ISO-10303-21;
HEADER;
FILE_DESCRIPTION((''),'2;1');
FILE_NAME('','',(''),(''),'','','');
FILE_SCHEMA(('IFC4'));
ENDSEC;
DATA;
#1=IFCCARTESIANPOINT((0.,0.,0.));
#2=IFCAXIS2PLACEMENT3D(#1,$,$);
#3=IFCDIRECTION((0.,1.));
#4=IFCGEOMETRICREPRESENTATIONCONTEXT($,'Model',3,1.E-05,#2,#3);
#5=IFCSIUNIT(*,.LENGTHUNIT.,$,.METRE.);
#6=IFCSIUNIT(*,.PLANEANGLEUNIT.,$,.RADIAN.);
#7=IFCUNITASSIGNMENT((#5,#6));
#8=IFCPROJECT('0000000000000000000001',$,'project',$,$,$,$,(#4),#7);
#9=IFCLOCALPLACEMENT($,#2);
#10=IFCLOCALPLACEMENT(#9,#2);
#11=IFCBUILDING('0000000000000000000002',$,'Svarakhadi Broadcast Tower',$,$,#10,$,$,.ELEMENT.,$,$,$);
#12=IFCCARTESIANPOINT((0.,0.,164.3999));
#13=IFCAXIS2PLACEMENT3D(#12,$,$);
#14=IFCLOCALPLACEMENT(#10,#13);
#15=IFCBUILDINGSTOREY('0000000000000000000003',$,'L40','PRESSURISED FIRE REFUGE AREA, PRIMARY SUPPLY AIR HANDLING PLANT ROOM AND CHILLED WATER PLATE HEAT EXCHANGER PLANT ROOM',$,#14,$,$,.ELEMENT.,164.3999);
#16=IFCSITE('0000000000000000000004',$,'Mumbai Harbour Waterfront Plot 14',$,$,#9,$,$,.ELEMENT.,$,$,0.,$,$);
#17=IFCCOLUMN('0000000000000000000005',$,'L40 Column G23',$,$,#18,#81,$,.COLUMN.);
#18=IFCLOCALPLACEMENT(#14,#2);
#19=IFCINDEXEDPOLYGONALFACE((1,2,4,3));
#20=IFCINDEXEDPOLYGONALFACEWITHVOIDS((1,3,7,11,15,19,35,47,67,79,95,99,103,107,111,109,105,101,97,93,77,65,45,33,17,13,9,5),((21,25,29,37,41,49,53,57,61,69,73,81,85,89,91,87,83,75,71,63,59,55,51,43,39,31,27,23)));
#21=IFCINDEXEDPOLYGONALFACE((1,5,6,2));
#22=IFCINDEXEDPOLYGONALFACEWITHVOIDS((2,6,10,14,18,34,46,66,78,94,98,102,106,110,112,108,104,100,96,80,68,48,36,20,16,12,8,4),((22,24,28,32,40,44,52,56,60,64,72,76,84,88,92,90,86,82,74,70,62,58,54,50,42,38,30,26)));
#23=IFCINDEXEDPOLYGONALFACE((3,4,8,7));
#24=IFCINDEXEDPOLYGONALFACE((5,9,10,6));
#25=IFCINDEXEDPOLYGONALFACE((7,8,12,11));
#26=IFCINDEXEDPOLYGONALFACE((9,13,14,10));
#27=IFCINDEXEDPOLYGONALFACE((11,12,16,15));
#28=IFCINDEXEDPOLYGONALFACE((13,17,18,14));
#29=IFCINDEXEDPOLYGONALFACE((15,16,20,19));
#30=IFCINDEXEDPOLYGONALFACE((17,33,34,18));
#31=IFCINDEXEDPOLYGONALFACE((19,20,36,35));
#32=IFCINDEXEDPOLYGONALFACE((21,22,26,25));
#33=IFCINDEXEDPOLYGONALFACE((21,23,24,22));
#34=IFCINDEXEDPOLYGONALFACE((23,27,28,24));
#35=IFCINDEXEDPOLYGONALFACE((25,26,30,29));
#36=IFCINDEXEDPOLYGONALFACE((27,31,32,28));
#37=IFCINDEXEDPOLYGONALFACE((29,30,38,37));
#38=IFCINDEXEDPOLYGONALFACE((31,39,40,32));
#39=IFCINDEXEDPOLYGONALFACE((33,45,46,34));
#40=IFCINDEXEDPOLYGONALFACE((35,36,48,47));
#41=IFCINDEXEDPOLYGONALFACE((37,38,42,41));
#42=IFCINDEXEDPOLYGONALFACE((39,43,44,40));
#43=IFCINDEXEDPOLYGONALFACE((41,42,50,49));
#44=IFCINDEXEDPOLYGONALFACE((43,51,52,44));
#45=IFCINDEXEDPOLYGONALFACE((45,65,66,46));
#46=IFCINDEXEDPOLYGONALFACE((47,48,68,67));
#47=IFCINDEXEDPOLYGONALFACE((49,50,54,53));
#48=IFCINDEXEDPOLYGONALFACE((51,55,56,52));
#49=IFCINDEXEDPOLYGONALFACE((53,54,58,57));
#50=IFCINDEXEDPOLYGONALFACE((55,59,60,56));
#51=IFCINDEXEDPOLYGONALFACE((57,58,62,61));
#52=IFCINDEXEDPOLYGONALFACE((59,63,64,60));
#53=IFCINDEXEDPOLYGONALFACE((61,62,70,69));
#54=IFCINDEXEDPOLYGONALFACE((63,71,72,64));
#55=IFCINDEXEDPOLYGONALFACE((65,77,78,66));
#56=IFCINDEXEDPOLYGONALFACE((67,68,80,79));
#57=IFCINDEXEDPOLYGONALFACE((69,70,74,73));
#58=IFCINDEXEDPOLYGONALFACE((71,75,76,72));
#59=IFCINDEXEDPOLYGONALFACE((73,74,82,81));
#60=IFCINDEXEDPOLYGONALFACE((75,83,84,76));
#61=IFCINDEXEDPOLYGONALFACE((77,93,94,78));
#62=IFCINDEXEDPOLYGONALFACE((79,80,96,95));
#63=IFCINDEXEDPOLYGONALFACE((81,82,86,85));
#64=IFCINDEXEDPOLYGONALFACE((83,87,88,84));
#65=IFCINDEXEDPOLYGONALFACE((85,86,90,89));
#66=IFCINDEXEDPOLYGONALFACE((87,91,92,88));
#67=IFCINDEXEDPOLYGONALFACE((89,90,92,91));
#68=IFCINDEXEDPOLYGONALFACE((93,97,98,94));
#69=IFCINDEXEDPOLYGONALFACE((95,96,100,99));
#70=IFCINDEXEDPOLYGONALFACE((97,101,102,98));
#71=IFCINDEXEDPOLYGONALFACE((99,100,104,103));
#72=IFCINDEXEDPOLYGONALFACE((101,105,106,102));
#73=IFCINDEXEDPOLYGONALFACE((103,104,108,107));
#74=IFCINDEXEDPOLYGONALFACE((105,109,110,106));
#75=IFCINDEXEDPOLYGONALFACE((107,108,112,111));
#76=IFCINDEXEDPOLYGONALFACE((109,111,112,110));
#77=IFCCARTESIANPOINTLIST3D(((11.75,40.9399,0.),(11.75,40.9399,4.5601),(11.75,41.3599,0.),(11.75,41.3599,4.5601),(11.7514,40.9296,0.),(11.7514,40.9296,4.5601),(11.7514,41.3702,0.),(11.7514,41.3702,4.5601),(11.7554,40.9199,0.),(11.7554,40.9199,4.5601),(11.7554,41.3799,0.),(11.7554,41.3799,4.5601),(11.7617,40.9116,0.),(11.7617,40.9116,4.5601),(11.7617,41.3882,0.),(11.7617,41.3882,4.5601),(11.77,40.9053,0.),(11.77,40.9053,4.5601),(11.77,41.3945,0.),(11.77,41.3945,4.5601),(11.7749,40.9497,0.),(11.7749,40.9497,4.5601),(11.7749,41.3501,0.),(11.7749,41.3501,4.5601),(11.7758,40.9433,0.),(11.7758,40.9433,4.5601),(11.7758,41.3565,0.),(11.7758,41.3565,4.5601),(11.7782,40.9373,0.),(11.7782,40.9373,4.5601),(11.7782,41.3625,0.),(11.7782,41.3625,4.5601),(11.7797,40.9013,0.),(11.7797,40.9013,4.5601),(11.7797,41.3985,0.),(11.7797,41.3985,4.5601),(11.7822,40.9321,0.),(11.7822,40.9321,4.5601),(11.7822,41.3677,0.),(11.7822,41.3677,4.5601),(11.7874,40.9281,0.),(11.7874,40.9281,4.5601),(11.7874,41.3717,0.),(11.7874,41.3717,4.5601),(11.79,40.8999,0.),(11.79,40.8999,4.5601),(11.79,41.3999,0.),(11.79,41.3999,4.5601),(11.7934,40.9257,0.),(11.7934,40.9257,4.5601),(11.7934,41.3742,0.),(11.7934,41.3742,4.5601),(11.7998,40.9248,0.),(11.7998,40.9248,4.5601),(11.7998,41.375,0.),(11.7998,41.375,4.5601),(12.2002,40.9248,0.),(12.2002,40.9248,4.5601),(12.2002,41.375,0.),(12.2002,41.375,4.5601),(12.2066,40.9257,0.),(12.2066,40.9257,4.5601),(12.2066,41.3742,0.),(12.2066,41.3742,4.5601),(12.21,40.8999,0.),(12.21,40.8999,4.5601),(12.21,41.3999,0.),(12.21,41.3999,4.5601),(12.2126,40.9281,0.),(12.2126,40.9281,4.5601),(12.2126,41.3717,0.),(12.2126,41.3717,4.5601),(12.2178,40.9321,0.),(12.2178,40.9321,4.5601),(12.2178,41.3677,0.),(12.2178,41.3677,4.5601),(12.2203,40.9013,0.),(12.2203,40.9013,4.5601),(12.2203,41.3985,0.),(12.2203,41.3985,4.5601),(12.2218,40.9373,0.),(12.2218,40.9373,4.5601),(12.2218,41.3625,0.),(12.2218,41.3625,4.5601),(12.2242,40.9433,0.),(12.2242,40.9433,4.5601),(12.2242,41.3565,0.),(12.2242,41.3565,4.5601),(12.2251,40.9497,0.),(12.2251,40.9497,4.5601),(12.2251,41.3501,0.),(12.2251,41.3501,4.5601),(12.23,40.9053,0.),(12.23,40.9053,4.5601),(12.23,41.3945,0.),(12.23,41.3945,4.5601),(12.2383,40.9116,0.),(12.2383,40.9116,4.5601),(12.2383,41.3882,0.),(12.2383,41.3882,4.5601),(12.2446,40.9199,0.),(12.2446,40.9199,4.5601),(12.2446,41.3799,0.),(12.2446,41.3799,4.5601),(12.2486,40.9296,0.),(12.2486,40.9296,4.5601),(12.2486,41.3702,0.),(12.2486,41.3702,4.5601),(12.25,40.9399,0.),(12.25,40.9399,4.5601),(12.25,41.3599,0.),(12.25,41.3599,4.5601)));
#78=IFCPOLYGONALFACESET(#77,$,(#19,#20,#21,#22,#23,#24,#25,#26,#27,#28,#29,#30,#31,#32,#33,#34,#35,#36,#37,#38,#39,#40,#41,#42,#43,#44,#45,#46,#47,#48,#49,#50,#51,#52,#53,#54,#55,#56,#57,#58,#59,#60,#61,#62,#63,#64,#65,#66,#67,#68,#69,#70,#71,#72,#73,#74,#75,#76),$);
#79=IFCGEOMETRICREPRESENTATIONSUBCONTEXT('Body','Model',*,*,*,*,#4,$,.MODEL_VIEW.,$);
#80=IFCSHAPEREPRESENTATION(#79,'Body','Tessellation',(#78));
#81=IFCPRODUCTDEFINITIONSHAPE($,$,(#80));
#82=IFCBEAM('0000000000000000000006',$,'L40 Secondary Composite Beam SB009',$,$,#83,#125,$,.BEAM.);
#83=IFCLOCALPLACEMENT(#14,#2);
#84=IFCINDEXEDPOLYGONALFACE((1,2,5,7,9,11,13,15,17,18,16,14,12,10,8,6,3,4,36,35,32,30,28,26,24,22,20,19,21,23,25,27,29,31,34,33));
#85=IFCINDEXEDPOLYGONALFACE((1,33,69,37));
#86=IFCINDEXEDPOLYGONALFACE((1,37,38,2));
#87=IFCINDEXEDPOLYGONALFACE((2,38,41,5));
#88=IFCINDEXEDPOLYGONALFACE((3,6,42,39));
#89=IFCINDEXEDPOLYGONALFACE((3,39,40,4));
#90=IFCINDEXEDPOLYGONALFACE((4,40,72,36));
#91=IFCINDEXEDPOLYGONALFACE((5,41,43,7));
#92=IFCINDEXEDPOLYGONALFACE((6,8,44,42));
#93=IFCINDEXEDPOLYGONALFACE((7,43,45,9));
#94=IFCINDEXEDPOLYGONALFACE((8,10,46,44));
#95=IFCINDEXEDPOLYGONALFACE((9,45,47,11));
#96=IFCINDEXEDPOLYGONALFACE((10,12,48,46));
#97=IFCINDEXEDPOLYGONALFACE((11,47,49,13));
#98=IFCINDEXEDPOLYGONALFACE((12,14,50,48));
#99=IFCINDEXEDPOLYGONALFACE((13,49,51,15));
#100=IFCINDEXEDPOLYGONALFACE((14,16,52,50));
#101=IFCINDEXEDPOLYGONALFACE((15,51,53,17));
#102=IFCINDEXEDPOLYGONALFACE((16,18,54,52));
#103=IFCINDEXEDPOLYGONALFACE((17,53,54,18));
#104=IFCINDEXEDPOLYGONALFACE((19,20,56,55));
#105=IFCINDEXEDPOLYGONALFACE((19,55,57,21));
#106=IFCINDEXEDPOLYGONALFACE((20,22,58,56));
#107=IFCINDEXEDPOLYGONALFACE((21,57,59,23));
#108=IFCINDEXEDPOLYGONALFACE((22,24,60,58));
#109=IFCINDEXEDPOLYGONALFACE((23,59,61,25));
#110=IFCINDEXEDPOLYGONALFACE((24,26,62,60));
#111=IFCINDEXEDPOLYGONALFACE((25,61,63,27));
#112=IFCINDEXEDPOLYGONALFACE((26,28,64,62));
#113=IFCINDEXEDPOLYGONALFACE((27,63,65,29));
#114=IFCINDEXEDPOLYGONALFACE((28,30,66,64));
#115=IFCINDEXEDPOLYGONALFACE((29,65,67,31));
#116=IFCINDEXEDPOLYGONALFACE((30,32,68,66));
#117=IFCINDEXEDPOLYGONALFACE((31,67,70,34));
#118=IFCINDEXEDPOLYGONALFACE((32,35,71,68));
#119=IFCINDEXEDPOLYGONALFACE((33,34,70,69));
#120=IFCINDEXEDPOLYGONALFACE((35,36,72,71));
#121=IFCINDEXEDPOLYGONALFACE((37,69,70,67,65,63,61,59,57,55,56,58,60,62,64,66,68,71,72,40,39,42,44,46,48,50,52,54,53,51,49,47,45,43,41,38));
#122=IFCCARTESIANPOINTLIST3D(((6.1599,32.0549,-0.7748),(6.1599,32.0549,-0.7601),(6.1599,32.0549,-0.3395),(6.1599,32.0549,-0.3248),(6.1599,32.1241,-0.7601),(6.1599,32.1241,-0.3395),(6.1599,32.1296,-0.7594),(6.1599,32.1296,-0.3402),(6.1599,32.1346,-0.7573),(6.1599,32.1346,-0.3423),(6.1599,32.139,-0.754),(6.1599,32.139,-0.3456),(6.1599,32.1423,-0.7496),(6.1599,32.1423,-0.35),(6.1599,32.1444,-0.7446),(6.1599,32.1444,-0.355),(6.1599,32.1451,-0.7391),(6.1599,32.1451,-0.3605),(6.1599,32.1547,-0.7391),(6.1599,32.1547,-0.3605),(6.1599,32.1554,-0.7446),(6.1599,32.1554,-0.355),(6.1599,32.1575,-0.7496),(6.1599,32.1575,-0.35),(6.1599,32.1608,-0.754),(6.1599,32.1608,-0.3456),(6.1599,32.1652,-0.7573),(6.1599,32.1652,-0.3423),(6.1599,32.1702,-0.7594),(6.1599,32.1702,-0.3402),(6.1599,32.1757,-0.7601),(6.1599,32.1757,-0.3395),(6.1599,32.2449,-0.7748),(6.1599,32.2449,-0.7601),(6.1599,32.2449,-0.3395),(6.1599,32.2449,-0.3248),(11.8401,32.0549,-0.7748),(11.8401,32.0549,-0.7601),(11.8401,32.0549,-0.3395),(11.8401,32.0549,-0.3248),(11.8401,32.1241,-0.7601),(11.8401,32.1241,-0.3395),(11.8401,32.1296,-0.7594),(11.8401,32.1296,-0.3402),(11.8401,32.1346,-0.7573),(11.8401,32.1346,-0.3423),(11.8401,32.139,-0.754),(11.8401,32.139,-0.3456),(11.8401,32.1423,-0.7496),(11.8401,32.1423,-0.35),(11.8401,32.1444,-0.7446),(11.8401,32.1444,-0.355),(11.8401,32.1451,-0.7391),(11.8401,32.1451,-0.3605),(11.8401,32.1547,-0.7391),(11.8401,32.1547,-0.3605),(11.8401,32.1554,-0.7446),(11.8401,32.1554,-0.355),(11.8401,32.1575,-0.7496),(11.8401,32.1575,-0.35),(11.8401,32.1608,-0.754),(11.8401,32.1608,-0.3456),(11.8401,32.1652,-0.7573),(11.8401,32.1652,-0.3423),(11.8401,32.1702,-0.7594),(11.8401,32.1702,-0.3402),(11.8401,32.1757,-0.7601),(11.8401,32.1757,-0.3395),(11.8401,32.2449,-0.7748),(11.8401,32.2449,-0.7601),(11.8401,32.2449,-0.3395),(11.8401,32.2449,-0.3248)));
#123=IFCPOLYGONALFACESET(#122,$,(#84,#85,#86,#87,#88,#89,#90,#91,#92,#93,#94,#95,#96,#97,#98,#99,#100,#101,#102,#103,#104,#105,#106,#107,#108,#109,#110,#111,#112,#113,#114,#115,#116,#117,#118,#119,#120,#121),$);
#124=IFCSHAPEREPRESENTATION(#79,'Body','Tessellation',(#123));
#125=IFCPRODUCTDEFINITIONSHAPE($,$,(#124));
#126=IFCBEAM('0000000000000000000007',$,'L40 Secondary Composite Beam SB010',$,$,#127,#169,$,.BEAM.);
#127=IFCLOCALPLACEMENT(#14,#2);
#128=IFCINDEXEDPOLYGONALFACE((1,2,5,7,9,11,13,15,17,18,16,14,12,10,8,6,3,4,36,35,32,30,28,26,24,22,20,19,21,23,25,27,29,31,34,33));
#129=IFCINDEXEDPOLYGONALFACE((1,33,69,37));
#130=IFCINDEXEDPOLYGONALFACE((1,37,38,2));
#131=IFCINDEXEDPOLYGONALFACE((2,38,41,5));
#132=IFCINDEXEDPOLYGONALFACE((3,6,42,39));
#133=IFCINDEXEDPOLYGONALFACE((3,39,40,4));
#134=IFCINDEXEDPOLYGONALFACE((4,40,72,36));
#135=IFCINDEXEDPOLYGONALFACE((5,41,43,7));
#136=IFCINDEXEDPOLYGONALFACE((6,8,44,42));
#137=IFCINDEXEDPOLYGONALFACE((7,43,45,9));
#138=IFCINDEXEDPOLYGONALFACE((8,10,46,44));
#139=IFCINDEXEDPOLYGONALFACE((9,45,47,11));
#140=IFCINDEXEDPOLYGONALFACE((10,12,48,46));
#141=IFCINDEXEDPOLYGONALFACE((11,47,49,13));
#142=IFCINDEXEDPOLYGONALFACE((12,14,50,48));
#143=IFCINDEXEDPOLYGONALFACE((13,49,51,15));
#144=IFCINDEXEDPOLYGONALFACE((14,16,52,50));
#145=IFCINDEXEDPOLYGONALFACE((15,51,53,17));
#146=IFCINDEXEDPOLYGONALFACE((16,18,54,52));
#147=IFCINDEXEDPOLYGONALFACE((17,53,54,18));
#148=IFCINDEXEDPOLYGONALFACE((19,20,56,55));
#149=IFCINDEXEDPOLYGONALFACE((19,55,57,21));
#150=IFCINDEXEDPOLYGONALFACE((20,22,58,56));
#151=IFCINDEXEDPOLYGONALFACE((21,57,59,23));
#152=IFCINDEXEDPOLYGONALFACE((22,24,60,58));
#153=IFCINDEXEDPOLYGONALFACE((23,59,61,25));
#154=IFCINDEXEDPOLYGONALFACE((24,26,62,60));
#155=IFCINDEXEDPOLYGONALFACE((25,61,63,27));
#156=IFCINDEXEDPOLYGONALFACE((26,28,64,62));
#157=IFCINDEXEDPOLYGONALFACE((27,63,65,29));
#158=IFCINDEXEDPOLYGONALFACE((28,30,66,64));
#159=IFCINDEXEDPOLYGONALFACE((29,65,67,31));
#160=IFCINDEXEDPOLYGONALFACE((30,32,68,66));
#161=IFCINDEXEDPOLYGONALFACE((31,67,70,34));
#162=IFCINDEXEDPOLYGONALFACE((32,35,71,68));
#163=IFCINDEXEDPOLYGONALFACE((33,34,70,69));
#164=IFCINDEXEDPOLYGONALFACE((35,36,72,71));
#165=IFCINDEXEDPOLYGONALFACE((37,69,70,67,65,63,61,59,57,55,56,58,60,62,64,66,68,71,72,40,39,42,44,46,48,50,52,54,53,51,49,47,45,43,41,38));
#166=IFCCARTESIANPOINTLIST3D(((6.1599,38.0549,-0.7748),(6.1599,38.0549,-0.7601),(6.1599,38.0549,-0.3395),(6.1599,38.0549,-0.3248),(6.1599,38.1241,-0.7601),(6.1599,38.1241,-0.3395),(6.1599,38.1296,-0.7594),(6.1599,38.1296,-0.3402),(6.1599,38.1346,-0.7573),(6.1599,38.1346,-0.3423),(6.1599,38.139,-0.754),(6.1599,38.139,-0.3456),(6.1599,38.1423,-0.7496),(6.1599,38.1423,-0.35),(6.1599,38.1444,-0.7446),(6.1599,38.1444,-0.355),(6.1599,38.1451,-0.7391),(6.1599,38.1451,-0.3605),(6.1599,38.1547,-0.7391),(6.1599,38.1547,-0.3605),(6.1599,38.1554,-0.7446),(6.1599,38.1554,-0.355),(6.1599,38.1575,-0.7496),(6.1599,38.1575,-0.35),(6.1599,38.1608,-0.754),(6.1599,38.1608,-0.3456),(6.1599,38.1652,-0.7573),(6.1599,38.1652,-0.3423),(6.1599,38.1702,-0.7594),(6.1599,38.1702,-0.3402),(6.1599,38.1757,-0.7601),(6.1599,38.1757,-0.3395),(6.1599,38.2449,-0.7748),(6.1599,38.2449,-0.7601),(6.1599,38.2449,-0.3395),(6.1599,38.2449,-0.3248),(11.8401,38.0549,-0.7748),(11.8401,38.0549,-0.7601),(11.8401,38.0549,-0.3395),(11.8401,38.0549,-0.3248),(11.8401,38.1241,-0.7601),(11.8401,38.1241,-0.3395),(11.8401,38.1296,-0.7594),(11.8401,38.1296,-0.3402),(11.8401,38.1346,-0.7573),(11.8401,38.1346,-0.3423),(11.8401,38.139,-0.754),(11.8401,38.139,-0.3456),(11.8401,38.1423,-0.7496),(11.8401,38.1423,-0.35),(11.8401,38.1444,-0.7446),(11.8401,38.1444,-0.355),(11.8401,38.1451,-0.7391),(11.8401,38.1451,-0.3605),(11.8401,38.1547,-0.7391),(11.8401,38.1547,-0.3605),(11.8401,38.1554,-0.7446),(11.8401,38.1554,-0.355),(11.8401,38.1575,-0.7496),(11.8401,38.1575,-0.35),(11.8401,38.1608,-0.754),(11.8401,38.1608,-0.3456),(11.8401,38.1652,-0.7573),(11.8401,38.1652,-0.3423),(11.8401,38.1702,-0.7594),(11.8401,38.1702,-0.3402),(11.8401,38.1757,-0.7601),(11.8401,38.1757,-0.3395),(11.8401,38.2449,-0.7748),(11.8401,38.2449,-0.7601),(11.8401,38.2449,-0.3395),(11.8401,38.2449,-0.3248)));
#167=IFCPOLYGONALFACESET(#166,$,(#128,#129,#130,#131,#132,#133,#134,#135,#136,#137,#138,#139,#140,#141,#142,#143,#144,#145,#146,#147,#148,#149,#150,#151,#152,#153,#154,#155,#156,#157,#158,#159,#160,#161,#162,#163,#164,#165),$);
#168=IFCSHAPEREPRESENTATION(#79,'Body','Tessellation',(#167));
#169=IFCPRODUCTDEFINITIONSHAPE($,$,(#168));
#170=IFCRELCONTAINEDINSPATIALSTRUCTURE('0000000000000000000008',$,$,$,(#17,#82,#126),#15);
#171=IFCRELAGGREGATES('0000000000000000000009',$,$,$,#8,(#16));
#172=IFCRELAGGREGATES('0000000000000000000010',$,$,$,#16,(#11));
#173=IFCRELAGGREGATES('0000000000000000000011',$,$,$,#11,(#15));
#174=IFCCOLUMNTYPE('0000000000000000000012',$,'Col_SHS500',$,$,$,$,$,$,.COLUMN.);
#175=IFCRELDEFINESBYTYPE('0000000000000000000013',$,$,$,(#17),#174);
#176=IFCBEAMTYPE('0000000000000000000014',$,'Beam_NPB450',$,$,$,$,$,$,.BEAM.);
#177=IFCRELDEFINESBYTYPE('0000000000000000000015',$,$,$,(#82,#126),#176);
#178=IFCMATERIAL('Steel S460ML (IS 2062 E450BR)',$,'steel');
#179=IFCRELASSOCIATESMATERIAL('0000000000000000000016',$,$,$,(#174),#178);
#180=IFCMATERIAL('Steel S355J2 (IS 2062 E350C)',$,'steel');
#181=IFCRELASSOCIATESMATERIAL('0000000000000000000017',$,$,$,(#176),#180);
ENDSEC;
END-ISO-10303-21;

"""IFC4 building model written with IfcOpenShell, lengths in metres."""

from ifc_helpers import new_model, si_unit, direction, frame, origin, origin_2d, place, context, subcontext, project, spatial, hollow_rectangle, i_section, extrude, material, material_profile, profile_set, type_object, element, save


model = new_model("IFC4")

# Units and contexts
model_context = context("Model", 3, precision=1e-05, world=origin(), true_north=direction((0.0, 1.0)))
body_context = subcontext(model_context, "Body", "Model", "MODEL_VIEW")
ifc_project = project(units=[si_unit("LENGTHUNIT", "METRE"), si_unit("PLANEANGLEUNIT", "RADIAN")], contexts=[model_context])

# Site, building, storey
site_placement = place(None, origin())
site = spatial("IfcSite", under=ifc_project, at=site_placement, Name="Mumbai Harbour Waterfront Plot 14", CompositionType="ELEMENT", RefElevation=0.0)
building_placement = place(site_placement, origin())
building = spatial("IfcBuilding", under=site, at=building_placement, Name="Svarakhadi Broadcast Tower", CompositionType="ELEMENT")
storey_placement = place(building_placement, frame((0.0, 0.0, 164.3999)))
storey = spatial("IfcBuildingStorey", under=building, at=storey_placement, Name="L40", Description="PRESSURISED FIRE REFUGE AREA, PRIMARY SUPPLY AIR HANDLING PLANT ROOM AND CHILLED WATER PLATE HEAT EXCHANGER PLANT ROOM", CompositionType="ELEMENT", Elevation=164.3999)

# Column
ifc_material_1 = material(Name="Steel S460ML (IS 2062 E450BR)", Category="steel")
ifc_material_profile_1 = material_profile(ifc_material_1, hollow_rectangle(XDim=0.5, YDim=0.5, WallThickness=0.0249, InnerFilletRadius=0.0249, OuterFilletRadius=0.04, at=origin_2d()), Name="SHS 500x500x25")
ifc_profile_set_1 = profile_set([ifc_material_profile_1], Name="Steel S460ML (IS 2062 E450BR)")
column_type = type_object("IfcColumnType", Name="Col_SHS500", PredefinedType="COLUMN", material=ifc_profile_set_1)
column_placement = place(storey_placement, frame((12.0, 41.1499, 0.0), z_axis=(0.0, 0.0, 1.0), x_axis=(1.0, 0.0, 0.0)))
element("IfcColumn", 1, at=column_placement, inside=storey, type_object=column_type, Name="L40 Column G23", PredefinedType="COLUMN", context=body_context, shape_type="SweptSolid", body=[
    extrude(hollow_rectangle(XDim=0.5, YDim=0.5, WallThickness=0.0249, InnerFilletRadius=0.0249, OuterFilletRadius=0.04, at=origin_2d()), origin(), (0.0, 0.0, 1.0), 4.5601),
])

# Beams
ifc_material_2 = material(Name="Steel S355J2 (IS 2062 E350C)", Category="steel")
ifc_material_profile_2 = material_profile(ifc_material_2, i_section(OverallWidth=0.1899, OverallDepth=0.45, WebThickness=0.0095, FlangeThickness=0.0146, FilletRadius=0.021, at=origin_2d()), Name="NPB 450x190x78")
ifc_profile_set_2 = profile_set([ifc_material_profile_2], Name="Steel S355J2 (IS 2062 E350C)")
beam_type_1 = type_object("IfcBeamType", Name="Beam_NPB450", PredefinedType="BEAM", material=ifc_profile_set_2)
for number, where, z_axis, x_axis, name in (
    (2, (6.1599, 32.1499, -0.5498), (1.0, 0.0, 0.0), (0.0, 1.0, 0.0), "L40 Secondary Composite Beam SB009"),
    (3, (6.1599, 38.1499, -0.5498), (1.0, 0.0, 0.0), (0.0, 1.0, 0.0), "L40 Secondary Composite Beam SB010"),
):
    element("IfcBeam", number, at=place(storey_placement, frame(where, z_axis=z_axis, x_axis=x_axis)), inside=storey, type_object=beam_type_1, Name=name, PredefinedType="BEAM", context=body_context, shape_type="SweptSolid", body=[
        extrude(i_section(OverallWidth=0.1899, OverallDepth=0.45, WebThickness=0.0095, FlangeThickness=0.0146, FilletRadius=0.021, at=origin_2d()), origin(), (0.0, 0.0, 1.0), 5.6802),
    ])

save(model, "model.ifc")
